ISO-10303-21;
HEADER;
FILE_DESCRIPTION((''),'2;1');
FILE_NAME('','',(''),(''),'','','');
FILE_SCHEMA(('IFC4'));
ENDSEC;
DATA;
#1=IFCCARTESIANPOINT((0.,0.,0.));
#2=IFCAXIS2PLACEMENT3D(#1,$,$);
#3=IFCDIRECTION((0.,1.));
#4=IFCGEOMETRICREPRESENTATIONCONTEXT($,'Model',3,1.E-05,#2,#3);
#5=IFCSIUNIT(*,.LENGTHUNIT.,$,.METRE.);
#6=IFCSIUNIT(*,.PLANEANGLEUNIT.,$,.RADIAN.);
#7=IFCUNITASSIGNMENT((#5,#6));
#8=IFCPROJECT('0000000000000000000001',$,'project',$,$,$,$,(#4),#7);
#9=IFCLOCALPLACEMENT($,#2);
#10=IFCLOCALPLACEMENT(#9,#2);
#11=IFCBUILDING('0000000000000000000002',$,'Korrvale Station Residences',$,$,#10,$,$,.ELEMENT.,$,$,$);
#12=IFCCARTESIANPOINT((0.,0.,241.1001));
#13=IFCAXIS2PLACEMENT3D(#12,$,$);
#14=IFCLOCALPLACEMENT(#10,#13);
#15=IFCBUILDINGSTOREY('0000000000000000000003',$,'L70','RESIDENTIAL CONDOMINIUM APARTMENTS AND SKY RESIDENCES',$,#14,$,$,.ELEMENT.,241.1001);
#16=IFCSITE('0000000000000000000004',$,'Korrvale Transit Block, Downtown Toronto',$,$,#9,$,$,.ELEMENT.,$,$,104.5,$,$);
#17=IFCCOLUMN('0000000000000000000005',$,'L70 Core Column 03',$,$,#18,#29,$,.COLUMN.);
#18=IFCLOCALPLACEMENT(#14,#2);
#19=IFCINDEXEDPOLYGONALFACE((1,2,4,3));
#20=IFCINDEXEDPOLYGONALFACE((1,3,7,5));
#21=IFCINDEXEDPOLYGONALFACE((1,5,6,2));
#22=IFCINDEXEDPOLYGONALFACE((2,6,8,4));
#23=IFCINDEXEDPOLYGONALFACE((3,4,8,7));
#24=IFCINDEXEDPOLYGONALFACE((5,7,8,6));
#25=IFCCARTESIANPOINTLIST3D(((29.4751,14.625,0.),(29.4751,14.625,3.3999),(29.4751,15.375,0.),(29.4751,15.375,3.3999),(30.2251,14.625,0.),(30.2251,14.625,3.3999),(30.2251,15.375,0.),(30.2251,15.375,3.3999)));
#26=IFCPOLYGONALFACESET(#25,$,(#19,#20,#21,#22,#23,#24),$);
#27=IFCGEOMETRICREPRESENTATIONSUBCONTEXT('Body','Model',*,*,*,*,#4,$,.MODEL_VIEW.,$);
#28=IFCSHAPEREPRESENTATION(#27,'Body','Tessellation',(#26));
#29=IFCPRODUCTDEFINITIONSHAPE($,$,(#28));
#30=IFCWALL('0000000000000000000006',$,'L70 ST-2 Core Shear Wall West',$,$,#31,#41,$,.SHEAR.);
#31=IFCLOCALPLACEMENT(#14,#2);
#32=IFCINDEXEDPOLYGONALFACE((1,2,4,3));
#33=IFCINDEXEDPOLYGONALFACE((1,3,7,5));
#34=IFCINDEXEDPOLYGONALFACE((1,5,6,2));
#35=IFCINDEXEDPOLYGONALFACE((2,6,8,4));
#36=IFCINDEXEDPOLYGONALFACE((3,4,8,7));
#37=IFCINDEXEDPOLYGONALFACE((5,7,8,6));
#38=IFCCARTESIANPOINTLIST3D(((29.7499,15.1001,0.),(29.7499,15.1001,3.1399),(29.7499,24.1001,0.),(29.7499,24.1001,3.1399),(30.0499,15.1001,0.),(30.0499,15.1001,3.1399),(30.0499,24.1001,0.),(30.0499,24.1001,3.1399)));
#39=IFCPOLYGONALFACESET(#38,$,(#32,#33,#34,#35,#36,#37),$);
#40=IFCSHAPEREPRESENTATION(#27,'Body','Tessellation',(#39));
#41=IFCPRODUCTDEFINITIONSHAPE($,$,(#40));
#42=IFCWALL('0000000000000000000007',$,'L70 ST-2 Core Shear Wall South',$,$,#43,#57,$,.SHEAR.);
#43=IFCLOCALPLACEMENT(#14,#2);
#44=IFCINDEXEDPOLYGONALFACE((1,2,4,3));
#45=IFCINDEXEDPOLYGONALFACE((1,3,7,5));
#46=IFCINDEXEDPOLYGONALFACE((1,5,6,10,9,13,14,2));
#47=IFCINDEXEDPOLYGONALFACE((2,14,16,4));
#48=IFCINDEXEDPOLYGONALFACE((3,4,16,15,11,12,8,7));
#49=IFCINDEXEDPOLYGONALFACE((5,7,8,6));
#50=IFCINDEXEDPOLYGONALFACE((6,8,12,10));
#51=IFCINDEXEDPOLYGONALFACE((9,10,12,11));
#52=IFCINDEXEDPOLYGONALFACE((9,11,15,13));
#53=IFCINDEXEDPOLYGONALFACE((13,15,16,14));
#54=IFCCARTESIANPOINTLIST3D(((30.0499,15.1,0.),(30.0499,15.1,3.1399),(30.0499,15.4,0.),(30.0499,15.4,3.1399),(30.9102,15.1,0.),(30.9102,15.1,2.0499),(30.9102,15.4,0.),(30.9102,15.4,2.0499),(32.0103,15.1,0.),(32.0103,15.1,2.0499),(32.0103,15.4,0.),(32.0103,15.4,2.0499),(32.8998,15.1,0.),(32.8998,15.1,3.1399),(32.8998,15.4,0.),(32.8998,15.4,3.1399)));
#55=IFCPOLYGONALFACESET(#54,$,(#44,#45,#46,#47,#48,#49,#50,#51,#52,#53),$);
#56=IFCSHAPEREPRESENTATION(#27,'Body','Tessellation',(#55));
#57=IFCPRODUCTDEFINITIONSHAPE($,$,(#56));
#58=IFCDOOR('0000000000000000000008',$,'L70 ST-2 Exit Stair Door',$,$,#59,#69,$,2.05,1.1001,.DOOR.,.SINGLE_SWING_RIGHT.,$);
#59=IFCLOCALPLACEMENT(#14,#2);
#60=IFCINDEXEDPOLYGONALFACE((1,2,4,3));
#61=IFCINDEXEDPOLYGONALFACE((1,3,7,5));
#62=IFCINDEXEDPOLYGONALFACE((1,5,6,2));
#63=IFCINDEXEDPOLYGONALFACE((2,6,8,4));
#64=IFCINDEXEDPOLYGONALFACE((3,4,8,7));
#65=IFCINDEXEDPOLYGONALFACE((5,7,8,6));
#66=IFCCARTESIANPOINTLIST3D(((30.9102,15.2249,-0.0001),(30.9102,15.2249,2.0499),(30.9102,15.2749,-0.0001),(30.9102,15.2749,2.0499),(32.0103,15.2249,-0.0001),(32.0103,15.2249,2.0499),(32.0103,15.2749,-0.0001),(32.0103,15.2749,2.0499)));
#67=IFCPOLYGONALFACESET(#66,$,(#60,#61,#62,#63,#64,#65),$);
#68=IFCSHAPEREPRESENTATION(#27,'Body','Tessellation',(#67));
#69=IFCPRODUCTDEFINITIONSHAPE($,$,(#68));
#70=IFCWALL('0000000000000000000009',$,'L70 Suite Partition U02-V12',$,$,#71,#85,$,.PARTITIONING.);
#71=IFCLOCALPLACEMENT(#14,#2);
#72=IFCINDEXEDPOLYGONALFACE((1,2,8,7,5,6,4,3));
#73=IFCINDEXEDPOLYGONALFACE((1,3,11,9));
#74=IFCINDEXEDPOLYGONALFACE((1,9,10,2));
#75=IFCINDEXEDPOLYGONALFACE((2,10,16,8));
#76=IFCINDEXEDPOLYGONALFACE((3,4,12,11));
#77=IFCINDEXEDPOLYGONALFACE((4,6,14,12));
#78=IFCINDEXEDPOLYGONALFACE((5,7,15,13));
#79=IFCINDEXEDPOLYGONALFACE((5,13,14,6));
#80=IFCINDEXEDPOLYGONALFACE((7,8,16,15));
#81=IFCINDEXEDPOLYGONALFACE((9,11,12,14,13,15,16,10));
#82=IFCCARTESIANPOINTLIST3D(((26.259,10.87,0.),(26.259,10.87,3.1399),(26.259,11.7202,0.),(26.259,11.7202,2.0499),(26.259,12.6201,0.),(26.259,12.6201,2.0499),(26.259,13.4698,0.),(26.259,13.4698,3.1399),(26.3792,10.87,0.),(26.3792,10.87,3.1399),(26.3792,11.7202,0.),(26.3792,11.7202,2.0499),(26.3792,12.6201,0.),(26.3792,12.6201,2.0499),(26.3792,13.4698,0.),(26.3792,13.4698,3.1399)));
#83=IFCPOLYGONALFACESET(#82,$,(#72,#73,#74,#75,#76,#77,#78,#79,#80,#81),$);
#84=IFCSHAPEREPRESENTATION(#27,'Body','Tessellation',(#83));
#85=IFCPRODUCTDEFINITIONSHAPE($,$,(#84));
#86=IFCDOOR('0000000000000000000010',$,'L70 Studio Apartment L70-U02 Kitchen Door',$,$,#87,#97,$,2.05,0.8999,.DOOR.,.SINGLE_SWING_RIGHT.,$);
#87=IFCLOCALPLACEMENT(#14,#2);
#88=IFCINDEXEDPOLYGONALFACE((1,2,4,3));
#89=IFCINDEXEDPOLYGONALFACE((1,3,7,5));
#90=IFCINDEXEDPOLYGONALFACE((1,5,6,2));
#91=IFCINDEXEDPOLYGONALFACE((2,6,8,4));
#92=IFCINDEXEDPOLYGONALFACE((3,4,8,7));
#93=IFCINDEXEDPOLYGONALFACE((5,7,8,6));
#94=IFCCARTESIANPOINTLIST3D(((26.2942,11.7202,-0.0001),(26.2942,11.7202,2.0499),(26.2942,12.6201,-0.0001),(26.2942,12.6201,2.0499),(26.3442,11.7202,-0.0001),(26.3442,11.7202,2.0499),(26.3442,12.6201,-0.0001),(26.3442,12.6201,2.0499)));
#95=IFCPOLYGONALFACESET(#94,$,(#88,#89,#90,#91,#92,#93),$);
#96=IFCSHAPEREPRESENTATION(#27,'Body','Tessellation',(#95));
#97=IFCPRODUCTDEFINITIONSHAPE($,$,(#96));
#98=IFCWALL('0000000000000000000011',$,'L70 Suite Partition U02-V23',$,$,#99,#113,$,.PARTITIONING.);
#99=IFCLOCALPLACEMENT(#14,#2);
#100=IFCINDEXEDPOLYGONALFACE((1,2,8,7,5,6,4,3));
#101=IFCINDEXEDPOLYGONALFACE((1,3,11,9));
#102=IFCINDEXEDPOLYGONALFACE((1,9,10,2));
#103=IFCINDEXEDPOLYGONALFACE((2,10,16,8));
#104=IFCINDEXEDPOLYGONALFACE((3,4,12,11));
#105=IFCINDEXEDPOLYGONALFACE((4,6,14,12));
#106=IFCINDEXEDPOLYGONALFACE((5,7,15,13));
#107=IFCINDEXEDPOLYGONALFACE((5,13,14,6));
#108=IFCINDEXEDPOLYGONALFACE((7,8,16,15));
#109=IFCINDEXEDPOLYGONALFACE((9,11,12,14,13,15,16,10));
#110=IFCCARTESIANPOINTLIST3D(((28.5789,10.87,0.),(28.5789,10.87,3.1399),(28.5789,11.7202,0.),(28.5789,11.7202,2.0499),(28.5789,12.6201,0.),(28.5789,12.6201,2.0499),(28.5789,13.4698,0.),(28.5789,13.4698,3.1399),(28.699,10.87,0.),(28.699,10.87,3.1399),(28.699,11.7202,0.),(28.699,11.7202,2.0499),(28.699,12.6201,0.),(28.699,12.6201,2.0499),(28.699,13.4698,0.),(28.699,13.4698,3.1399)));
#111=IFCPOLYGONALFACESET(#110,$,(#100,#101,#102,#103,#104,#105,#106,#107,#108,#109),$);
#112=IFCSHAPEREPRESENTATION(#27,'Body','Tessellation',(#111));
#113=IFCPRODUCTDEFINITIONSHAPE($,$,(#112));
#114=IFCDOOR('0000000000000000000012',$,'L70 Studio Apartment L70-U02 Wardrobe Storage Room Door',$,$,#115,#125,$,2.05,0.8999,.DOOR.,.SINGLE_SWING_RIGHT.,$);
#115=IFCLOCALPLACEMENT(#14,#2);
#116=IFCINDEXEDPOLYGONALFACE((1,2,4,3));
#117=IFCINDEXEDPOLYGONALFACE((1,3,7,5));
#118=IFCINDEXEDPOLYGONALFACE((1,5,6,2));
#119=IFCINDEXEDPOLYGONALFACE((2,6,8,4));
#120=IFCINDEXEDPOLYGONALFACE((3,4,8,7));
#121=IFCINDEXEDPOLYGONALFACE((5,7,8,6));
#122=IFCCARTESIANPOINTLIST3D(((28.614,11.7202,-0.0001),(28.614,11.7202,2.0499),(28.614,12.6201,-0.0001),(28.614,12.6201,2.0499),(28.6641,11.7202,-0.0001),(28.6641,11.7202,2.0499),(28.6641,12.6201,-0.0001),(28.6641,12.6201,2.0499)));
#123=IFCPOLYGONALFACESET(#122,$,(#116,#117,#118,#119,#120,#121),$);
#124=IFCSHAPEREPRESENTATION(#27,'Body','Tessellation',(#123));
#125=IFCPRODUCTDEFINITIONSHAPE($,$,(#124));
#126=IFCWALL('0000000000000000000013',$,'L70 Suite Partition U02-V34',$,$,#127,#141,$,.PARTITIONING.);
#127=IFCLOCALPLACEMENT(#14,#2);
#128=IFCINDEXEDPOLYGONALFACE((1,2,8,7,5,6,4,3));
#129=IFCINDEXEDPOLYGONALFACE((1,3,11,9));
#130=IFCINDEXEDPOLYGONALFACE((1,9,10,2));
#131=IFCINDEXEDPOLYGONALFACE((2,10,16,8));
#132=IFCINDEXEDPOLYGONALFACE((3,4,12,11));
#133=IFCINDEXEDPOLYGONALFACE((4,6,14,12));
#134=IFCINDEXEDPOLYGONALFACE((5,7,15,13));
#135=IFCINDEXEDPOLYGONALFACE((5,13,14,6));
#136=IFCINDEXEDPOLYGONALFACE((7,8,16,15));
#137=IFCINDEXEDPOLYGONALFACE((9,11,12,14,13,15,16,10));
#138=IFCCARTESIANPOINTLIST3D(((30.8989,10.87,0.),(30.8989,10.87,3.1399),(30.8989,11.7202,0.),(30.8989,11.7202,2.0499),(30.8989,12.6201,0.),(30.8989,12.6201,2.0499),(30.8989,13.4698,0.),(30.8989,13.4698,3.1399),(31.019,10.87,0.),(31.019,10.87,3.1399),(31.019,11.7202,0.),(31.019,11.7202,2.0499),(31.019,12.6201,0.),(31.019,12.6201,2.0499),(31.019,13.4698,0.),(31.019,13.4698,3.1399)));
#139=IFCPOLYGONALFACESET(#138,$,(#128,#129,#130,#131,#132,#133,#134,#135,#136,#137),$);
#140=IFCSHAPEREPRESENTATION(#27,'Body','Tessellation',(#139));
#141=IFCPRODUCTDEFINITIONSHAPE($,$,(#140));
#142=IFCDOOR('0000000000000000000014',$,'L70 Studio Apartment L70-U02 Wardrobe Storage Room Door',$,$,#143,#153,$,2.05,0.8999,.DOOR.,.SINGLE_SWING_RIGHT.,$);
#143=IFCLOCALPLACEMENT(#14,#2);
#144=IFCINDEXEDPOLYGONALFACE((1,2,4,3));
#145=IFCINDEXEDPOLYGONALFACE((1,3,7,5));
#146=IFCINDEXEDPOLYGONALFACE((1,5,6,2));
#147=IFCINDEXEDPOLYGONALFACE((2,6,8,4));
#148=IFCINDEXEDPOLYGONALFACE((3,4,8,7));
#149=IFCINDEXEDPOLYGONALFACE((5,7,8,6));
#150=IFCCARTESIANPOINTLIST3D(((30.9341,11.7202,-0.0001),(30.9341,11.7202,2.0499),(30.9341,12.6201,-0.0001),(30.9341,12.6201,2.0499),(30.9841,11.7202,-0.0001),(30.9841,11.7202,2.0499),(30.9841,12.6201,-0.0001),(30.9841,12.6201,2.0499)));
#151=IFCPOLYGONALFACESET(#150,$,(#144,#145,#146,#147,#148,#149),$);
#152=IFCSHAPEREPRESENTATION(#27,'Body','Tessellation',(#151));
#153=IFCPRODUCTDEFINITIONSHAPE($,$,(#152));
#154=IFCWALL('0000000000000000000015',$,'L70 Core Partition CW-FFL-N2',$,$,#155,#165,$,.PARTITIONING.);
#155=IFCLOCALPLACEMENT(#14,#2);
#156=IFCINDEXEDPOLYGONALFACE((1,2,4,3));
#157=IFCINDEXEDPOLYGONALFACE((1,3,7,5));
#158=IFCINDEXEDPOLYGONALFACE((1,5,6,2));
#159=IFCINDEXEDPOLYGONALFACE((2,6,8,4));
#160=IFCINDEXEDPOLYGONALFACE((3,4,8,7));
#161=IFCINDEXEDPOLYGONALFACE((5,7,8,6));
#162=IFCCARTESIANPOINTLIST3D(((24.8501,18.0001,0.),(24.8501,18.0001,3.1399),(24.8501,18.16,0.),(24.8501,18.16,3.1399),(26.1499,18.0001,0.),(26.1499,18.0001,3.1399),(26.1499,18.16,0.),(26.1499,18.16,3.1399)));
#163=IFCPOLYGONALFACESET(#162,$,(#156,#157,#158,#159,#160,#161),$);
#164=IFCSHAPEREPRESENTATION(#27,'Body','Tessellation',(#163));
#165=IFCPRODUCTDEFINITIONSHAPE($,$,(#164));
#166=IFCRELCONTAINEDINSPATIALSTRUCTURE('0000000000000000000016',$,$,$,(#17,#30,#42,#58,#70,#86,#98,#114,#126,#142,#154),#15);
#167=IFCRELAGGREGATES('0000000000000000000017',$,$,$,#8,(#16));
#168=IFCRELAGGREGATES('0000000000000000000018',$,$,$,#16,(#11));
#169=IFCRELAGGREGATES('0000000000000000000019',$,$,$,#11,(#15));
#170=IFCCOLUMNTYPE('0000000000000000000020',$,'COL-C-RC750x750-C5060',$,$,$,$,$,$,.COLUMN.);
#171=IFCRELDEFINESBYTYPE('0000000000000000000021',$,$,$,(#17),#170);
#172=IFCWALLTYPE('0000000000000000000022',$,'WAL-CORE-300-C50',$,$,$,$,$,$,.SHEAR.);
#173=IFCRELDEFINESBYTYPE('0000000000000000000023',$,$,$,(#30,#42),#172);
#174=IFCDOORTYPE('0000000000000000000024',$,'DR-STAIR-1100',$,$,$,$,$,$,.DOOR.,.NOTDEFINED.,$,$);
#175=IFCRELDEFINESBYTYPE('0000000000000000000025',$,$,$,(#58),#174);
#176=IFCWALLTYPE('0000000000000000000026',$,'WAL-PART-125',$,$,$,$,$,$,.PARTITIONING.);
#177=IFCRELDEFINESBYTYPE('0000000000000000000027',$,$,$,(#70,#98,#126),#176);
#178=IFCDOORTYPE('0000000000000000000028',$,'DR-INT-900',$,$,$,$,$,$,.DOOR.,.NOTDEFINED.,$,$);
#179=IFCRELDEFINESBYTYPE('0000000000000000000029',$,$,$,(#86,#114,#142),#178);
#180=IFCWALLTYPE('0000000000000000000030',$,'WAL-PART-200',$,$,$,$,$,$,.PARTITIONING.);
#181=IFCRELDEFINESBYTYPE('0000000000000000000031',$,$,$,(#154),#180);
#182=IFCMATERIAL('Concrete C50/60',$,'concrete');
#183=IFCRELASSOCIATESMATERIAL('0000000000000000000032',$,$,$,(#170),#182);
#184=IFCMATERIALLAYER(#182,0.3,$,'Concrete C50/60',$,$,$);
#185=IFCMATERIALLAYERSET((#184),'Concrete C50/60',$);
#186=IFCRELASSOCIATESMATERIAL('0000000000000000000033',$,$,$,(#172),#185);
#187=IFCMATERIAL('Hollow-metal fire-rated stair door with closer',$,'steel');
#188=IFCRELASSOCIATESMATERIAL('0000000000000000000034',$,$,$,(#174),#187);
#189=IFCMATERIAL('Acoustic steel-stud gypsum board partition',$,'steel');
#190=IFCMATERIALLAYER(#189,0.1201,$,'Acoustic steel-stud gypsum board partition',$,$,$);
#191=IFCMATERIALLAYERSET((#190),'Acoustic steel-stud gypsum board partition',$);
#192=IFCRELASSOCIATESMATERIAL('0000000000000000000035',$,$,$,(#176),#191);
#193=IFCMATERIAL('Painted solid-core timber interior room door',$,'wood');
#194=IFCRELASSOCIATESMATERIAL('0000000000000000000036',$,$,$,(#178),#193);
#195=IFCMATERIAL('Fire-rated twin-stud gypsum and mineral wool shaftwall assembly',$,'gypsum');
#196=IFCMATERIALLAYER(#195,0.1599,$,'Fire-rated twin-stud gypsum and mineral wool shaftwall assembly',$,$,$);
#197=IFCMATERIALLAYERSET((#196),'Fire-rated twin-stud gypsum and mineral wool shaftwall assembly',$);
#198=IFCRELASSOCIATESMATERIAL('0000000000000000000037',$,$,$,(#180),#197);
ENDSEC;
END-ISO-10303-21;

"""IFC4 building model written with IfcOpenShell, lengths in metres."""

from ifc_helpers import new_model, si_unit, direction, frame, frame_2d, origin, origin_2d, place, context, subcontext, project, spatial, rectangle, extrude, material, layer, layer_set, material_profile, profile_set, type_object, element, fill, save


model = new_model("IFC4")

# Units and contexts
model_context = context("Model", 3, precision=1e-05, world=origin(), true_north=direction((0.0, 1.0)))
body_context = subcontext(model_context, "Body", "Model", "MODEL_VIEW")
ifc_project = project(units=[si_unit("LENGTHUNIT", "METRE"), si_unit("PLANEANGLEUNIT", "RADIAN")], contexts=[model_context])

# Site, building, storey
site_placement = place(None, origin())
site = spatial("IfcSite", under=ifc_project, at=site_placement, Name="Korrvale Transit Block, Downtown Toronto", CompositionType="ELEMENT", RefElevation=104.5)
building_placement = place(site_placement, origin())
building = spatial("IfcBuilding", under=site, at=building_placement, Name="Korrvale Station Residences", CompositionType="ELEMENT")
storey_placement = place(building_placement, frame((0.0, 0.0, 241.1001)))
storey = spatial("IfcBuildingStorey", under=building, at=storey_placement, Name="L70", Description="RESIDENTIAL CONDOMINIUM APARTMENTS AND SKY RESIDENCES", CompositionType="ELEMENT", Elevation=241.1001)

# Column
ifc_material_1 = material(Name="Concrete C50/60", Category="concrete")
ifc_material_profile = material_profile(ifc_material_1, rectangle(XDim=0.75, YDim=0.75, at=origin_2d()), Name="RC750x750")
ifc_profile_set = profile_set([ifc_material_profile], Name="Concrete C50/60")
column_type = type_object("IfcColumnType", Name="COL-C-RC750x750-C5060", PredefinedType="COLUMN", material=ifc_profile_set)
column_placement = place(storey_placement, frame((29.8501, 15.0, 0.0), z_axis=(0.0, 0.0, 1.0), x_axis=(1.0, 0.0, 0.0)))
element("IfcColumn", 1, at=column_placement, inside=storey, type_object=column_type, Name="L70 Core Column 03", PredefinedType="COLUMN", context=body_context, shape_type="SweptSolid", body=[
    extrude(rectangle(XDim=0.75, YDim=0.75, at=origin_2d()), origin(), (0.0, 0.0, 1.0), 3.3999),
])

# Wall
ifc_layer_1 = layer(ifc_material_1, 0.3, Name="Concrete C50/60")
ifc_layer_set_1 = layer_set([ifc_layer_1], Name="Concrete C50/60")
wall_type_1 = type_object("IfcWallType", Name="WAL-CORE-300-C50", PredefinedType="SHEAR", material=ifc_layer_set_1)
wall_1_placement = place(storey_placement, frame((29.8999, 15.1001, 0.0), z_axis=(0.0, 0.0, 1.0), x_axis=(0.0, 1.0, 0.0)))
element("IfcWall", 2, at=wall_1_placement, inside=storey, type_object=wall_type_1, Name="L70 ST-2 Core Shear Wall West", PredefinedType="SHEAR", context=body_context, shape_type="SweptSolid", body=[
    extrude(rectangle(XDim=9.0, YDim=0.3, at=frame_2d((4.5, 0.0))), origin(), (0.0, 0.0, 1.0), 3.1399),
])

# Walls, openings, doors
wall_2_placement = place(storey_placement, frame((30.05, 15.25, 0.0), z_axis=(0.0, 0.0, 1.0), x_axis=(1.0, 0.0, 0.0)))
wall_2 = element("IfcWall", 3, at=wall_2_placement, inside=storey, type_object=wall_type_1, Name="L70 ST-2 Core Shear Wall South", PredefinedType="SHEAR", context=body_context, shape_type="SweptSolid", body=[
    extrude(rectangle(XDim=2.8499, YDim=0.3, at=frame_2d((1.4248, 0.0))), origin(), (0.0, 0.0, 1.0), 3.1399),
])
opening_1_placement = place(wall_2_placement, frame((0.8601, 0.0, 0.0)))
opening_1 = element("IfcOpeningElement", 4, at=opening_1_placement, cuts=wall_2, PredefinedType="OPENING", context=body_context, shape_type="SweptSolid", body=[
    extrude(rectangle(XDim=1.1001, YDim=2.05, at=frame_2d((0.55, 1.0249))), frame((0.0, 0.1602, 0.0), z_axis=(0.0, -1.0, 0.0), x_axis=(1.0, 0.0, 0.0)), (0.0, 0.0, 1.0), 0.3201),
])
ifc_material_2 = material(Name="Hollow-metal fire-rated stair door with closer", Category="steel")
door_type_1 = type_object("IfcDoorType", Name="DR-STAIR-1100", OperationType="NOTDEFINED", PredefinedType="DOOR", material=ifc_material_2)
door_1_placement = place(opening_1_placement, origin())
door_1 = element("IfcDoor", 5, at=door_1_placement, inside=storey, type_object=door_type_1, Name="L70 ST-2 Exit Stair Door", OperationType="SINGLE_SWING_RIGHT", OverallHeight=2.05, OverallWidth=1.1001, PredefinedType="DOOR", context=body_context, shape_type="SweptSolid", body=[
    extrude(rectangle(XDim=1.1001, YDim=2.05, at=frame_2d((0.55, 1.0249))), frame((0.0, 0.0249, 0.0), z_axis=(0.0, -1.0, 0.0), x_axis=(1.0, 0.0, 0.0)), (0.0, 0.0, 1.0), 0.05),
])
fill(opening_1, door_1)
ifc_material_3 = material(Name="Acoustic steel-stud gypsum board partition", Category="steel")
ifc_layer_2 = layer(ifc_material_3, 0.1201, Name="Acoustic steel-stud gypsum board partition")
ifc_layer_set_2 = layer_set([ifc_layer_2], Name="Acoustic steel-stud gypsum board partition")
wall_type_2 = type_object("IfcWallType", Name="WAL-PART-125", PredefinedType="PARTITIONING", material=ifc_layer_set_2)
wall_3_placement = place(storey_placement, frame((26.3191, 10.8701, 0.0), z_axis=(0.0, 0.0, 1.0), x_axis=(0.0, 1.0, 0.0)))
wall_3 = element("IfcWall", 6, at=wall_3_placement, inside=storey, type_object=wall_type_2, Name="L70 Suite Partition U02-V12", PredefinedType="PARTITIONING", context=body_context, shape_type="SweptSolid", body=[
    extrude(rectangle(XDim=2.5999, YDim=0.1201, at=frame_2d((1.2998, 0.0))), origin(), (0.0, 0.0, 1.0), 3.1399),
])
opening_2_placement = place(wall_3_placement, frame((0.8501, 0.0, 0.0)))
opening_2 = element("IfcOpeningElement", 7, at=opening_2_placement, cuts=wall_3, PredefinedType="OPENING", context=body_context, shape_type="SweptSolid", body=[
    extrude(rectangle(XDim=0.8999, YDim=2.05, at=frame_2d((0.45, 1.0249))), frame((0.0, 0.0701, 0.0), z_axis=(0.0, -1.0, 0.0), x_axis=(1.0, 0.0, 0.0)), (0.0, 0.0, 1.0), 0.1401),
])
ifc_material_4 = material(Name="Painted solid-core timber interior room door", Category="wood")
door_type_2 = type_object("IfcDoorType", Name="DR-INT-900", OperationType="NOTDEFINED", PredefinedType="DOOR", material=ifc_material_4)
door_2_placement = place(opening_2_placement, origin())
door_2 = element("IfcDoor", 8, at=door_2_placement, inside=storey, type_object=door_type_2, Name="L70 Studio Apartment L70-U02 Kitchen Door", OperationType="SINGLE_SWING_RIGHT", OverallHeight=2.05, OverallWidth=0.8999, PredefinedType="DOOR", context=body_context, shape_type="SweptSolid", body=[
    extrude(rectangle(XDim=0.8999, YDim=2.05, at=frame_2d((0.45, 1.0249))), frame((0.0, 0.0249, 0.0), z_axis=(0.0, -1.0, 0.0), x_axis=(1.0, 0.0, 0.0)), (0.0, 0.0, 1.0), 0.05),
])
fill(opening_2, door_2)
wall_4_placement = place(storey_placement, frame((28.6389, 10.8701, 0.0), z_axis=(0.0, 0.0, 1.0), x_axis=(0.0, 1.0, 0.0)))
wall_4 = element("IfcWall", 9, at=wall_4_placement, inside=storey, type_object=wall_type_2, Name="L70 Suite Partition U02-V23", PredefinedType="PARTITIONING", context=body_context, shape_type="SweptSolid", body=[
    extrude(rectangle(XDim=2.5999, YDim=0.1201, at=frame_2d((1.2998, 0.0))), origin(), (0.0, 0.0, 1.0), 3.1399),
])
opening_3_placement = place(wall_4_placement, frame((0.8501, 0.0, 0.0)))
opening_3 = element("IfcOpeningElement", 10, at=opening_3_placement, cuts=wall_4, PredefinedType="OPENING", context=body_context, shape_type="SweptSolid", body=[
    extrude(rectangle(XDim=0.8999, YDim=2.05, at=frame_2d((0.45, 1.0249))), frame((0.0, 0.0701, 0.0), z_axis=(0.0, -1.0, 0.0), x_axis=(1.0, 0.0, 0.0)), (0.0, 0.0, 1.0), 0.1401),
])
door_3_placement = place(opening_3_placement, origin())
door_3 = element("IfcDoor", 11, at=door_3_placement, inside=storey, type_object=door_type_2, Name="L70 Studio Apartment L70-U02 Wardrobe Storage Room Door", OperationType="SINGLE_SWING_RIGHT", OverallHeight=2.05, OverallWidth=0.8999, PredefinedType="DOOR", context=body_context, shape_type="SweptSolid", body=[
    extrude(rectangle(XDim=0.8999, YDim=2.05, at=frame_2d((0.45, 1.0249))), frame((0.0, 0.0249, 0.0), z_axis=(0.0, -1.0, 0.0), x_axis=(1.0, 0.0, 0.0)), (0.0, 0.0, 1.0), 0.05),
])
fill(opening_3, door_3)
wall_5_placement = place(storey_placement, frame((30.959, 10.8701, 0.0), z_axis=(0.0, 0.0, 1.0), x_axis=(0.0, 1.0, 0.0)))
wall_5 = element("IfcWall", 12, at=wall_5_placement, inside=storey, type_object=wall_type_2, Name="L70 Suite Partition U02-V34", PredefinedType="PARTITIONING", context=body_context, shape_type="SweptSolid", body=[
    extrude(rectangle(XDim=2.5999, YDim=0.1201, at=frame_2d((1.2998, 0.0))), origin(), (0.0, 0.0, 1.0), 3.1399),
])
opening_4_placement = place(wall_5_placement, frame((0.8501, 0.0, 0.0)))
opening_4 = element("IfcOpeningElement", 13, at=opening_4_placement, cuts=wall_5, PredefinedType="OPENING", context=body_context, shape_type="SweptSolid", body=[
    extrude(rectangle(XDim=0.8999, YDim=2.05, at=frame_2d((0.45, 1.0249))), frame((0.0, 0.0701, 0.0), z_axis=(0.0, -1.0, 0.0), x_axis=(1.0, 0.0, 0.0)), (0.0, 0.0, 1.0), 0.1401),
])
door_4_placement = place(opening_4_placement, origin())
door_4 = element("IfcDoor", 14, at=door_4_placement, inside=storey, type_object=door_type_2, Name="L70 Studio Apartment L70-U02 Wardrobe Storage Room Door", OperationType="SINGLE_SWING_RIGHT", OverallHeight=2.05, OverallWidth=0.8999, PredefinedType="DOOR", context=body_context, shape_type="SweptSolid", body=[
    extrude(rectangle(XDim=0.8999, YDim=2.05, at=frame_2d((0.45, 1.0249))), frame((0.0, 0.0249, 0.0), z_axis=(0.0, -1.0, 0.0), x_axis=(1.0, 0.0, 0.0)), (0.0, 0.0, 1.0), 0.05),
])
fill(opening_4, door_4)

# Wall
ifc_material_5 = material(Name="Fire-rated twin-stud gypsum and mineral wool shaftwall assembly", Category="gypsum")
ifc_layer_3 = layer(ifc_material_5, 0.1599, Name="Fire-rated twin-stud gypsum and mineral wool shaftwall assembly")
ifc_layer_set_3 = layer_set([ifc_layer_3], Name="Fire-rated twin-stud gypsum and mineral wool shaftwall assembly")
wall_type_3 = type_object("IfcWallType", Name="WAL-PART-200", PredefinedType="PARTITIONING", material=ifc_layer_set_3)
wall_6_placement = place(storey_placement, frame((24.8501, 18.0801, 0.0), z_axis=(0.0, 0.0, 1.0), x_axis=(1.0, 0.0, 0.0)))
element("IfcWall", 15, at=wall_6_placement, inside=storey, type_object=wall_type_3, Name="L70 Core Partition CW-FFL-N2", PredefinedType="PARTITIONING", context=body_context, shape_type="SweptSolid", body=[
    extrude(rectangle(XDim=1.2998, YDim=0.1599, at=frame_2d((0.6499, 0.0))), origin(), (0.0, 0.0, 1.0), 3.1399),
])

save(model, "model.ifc")
